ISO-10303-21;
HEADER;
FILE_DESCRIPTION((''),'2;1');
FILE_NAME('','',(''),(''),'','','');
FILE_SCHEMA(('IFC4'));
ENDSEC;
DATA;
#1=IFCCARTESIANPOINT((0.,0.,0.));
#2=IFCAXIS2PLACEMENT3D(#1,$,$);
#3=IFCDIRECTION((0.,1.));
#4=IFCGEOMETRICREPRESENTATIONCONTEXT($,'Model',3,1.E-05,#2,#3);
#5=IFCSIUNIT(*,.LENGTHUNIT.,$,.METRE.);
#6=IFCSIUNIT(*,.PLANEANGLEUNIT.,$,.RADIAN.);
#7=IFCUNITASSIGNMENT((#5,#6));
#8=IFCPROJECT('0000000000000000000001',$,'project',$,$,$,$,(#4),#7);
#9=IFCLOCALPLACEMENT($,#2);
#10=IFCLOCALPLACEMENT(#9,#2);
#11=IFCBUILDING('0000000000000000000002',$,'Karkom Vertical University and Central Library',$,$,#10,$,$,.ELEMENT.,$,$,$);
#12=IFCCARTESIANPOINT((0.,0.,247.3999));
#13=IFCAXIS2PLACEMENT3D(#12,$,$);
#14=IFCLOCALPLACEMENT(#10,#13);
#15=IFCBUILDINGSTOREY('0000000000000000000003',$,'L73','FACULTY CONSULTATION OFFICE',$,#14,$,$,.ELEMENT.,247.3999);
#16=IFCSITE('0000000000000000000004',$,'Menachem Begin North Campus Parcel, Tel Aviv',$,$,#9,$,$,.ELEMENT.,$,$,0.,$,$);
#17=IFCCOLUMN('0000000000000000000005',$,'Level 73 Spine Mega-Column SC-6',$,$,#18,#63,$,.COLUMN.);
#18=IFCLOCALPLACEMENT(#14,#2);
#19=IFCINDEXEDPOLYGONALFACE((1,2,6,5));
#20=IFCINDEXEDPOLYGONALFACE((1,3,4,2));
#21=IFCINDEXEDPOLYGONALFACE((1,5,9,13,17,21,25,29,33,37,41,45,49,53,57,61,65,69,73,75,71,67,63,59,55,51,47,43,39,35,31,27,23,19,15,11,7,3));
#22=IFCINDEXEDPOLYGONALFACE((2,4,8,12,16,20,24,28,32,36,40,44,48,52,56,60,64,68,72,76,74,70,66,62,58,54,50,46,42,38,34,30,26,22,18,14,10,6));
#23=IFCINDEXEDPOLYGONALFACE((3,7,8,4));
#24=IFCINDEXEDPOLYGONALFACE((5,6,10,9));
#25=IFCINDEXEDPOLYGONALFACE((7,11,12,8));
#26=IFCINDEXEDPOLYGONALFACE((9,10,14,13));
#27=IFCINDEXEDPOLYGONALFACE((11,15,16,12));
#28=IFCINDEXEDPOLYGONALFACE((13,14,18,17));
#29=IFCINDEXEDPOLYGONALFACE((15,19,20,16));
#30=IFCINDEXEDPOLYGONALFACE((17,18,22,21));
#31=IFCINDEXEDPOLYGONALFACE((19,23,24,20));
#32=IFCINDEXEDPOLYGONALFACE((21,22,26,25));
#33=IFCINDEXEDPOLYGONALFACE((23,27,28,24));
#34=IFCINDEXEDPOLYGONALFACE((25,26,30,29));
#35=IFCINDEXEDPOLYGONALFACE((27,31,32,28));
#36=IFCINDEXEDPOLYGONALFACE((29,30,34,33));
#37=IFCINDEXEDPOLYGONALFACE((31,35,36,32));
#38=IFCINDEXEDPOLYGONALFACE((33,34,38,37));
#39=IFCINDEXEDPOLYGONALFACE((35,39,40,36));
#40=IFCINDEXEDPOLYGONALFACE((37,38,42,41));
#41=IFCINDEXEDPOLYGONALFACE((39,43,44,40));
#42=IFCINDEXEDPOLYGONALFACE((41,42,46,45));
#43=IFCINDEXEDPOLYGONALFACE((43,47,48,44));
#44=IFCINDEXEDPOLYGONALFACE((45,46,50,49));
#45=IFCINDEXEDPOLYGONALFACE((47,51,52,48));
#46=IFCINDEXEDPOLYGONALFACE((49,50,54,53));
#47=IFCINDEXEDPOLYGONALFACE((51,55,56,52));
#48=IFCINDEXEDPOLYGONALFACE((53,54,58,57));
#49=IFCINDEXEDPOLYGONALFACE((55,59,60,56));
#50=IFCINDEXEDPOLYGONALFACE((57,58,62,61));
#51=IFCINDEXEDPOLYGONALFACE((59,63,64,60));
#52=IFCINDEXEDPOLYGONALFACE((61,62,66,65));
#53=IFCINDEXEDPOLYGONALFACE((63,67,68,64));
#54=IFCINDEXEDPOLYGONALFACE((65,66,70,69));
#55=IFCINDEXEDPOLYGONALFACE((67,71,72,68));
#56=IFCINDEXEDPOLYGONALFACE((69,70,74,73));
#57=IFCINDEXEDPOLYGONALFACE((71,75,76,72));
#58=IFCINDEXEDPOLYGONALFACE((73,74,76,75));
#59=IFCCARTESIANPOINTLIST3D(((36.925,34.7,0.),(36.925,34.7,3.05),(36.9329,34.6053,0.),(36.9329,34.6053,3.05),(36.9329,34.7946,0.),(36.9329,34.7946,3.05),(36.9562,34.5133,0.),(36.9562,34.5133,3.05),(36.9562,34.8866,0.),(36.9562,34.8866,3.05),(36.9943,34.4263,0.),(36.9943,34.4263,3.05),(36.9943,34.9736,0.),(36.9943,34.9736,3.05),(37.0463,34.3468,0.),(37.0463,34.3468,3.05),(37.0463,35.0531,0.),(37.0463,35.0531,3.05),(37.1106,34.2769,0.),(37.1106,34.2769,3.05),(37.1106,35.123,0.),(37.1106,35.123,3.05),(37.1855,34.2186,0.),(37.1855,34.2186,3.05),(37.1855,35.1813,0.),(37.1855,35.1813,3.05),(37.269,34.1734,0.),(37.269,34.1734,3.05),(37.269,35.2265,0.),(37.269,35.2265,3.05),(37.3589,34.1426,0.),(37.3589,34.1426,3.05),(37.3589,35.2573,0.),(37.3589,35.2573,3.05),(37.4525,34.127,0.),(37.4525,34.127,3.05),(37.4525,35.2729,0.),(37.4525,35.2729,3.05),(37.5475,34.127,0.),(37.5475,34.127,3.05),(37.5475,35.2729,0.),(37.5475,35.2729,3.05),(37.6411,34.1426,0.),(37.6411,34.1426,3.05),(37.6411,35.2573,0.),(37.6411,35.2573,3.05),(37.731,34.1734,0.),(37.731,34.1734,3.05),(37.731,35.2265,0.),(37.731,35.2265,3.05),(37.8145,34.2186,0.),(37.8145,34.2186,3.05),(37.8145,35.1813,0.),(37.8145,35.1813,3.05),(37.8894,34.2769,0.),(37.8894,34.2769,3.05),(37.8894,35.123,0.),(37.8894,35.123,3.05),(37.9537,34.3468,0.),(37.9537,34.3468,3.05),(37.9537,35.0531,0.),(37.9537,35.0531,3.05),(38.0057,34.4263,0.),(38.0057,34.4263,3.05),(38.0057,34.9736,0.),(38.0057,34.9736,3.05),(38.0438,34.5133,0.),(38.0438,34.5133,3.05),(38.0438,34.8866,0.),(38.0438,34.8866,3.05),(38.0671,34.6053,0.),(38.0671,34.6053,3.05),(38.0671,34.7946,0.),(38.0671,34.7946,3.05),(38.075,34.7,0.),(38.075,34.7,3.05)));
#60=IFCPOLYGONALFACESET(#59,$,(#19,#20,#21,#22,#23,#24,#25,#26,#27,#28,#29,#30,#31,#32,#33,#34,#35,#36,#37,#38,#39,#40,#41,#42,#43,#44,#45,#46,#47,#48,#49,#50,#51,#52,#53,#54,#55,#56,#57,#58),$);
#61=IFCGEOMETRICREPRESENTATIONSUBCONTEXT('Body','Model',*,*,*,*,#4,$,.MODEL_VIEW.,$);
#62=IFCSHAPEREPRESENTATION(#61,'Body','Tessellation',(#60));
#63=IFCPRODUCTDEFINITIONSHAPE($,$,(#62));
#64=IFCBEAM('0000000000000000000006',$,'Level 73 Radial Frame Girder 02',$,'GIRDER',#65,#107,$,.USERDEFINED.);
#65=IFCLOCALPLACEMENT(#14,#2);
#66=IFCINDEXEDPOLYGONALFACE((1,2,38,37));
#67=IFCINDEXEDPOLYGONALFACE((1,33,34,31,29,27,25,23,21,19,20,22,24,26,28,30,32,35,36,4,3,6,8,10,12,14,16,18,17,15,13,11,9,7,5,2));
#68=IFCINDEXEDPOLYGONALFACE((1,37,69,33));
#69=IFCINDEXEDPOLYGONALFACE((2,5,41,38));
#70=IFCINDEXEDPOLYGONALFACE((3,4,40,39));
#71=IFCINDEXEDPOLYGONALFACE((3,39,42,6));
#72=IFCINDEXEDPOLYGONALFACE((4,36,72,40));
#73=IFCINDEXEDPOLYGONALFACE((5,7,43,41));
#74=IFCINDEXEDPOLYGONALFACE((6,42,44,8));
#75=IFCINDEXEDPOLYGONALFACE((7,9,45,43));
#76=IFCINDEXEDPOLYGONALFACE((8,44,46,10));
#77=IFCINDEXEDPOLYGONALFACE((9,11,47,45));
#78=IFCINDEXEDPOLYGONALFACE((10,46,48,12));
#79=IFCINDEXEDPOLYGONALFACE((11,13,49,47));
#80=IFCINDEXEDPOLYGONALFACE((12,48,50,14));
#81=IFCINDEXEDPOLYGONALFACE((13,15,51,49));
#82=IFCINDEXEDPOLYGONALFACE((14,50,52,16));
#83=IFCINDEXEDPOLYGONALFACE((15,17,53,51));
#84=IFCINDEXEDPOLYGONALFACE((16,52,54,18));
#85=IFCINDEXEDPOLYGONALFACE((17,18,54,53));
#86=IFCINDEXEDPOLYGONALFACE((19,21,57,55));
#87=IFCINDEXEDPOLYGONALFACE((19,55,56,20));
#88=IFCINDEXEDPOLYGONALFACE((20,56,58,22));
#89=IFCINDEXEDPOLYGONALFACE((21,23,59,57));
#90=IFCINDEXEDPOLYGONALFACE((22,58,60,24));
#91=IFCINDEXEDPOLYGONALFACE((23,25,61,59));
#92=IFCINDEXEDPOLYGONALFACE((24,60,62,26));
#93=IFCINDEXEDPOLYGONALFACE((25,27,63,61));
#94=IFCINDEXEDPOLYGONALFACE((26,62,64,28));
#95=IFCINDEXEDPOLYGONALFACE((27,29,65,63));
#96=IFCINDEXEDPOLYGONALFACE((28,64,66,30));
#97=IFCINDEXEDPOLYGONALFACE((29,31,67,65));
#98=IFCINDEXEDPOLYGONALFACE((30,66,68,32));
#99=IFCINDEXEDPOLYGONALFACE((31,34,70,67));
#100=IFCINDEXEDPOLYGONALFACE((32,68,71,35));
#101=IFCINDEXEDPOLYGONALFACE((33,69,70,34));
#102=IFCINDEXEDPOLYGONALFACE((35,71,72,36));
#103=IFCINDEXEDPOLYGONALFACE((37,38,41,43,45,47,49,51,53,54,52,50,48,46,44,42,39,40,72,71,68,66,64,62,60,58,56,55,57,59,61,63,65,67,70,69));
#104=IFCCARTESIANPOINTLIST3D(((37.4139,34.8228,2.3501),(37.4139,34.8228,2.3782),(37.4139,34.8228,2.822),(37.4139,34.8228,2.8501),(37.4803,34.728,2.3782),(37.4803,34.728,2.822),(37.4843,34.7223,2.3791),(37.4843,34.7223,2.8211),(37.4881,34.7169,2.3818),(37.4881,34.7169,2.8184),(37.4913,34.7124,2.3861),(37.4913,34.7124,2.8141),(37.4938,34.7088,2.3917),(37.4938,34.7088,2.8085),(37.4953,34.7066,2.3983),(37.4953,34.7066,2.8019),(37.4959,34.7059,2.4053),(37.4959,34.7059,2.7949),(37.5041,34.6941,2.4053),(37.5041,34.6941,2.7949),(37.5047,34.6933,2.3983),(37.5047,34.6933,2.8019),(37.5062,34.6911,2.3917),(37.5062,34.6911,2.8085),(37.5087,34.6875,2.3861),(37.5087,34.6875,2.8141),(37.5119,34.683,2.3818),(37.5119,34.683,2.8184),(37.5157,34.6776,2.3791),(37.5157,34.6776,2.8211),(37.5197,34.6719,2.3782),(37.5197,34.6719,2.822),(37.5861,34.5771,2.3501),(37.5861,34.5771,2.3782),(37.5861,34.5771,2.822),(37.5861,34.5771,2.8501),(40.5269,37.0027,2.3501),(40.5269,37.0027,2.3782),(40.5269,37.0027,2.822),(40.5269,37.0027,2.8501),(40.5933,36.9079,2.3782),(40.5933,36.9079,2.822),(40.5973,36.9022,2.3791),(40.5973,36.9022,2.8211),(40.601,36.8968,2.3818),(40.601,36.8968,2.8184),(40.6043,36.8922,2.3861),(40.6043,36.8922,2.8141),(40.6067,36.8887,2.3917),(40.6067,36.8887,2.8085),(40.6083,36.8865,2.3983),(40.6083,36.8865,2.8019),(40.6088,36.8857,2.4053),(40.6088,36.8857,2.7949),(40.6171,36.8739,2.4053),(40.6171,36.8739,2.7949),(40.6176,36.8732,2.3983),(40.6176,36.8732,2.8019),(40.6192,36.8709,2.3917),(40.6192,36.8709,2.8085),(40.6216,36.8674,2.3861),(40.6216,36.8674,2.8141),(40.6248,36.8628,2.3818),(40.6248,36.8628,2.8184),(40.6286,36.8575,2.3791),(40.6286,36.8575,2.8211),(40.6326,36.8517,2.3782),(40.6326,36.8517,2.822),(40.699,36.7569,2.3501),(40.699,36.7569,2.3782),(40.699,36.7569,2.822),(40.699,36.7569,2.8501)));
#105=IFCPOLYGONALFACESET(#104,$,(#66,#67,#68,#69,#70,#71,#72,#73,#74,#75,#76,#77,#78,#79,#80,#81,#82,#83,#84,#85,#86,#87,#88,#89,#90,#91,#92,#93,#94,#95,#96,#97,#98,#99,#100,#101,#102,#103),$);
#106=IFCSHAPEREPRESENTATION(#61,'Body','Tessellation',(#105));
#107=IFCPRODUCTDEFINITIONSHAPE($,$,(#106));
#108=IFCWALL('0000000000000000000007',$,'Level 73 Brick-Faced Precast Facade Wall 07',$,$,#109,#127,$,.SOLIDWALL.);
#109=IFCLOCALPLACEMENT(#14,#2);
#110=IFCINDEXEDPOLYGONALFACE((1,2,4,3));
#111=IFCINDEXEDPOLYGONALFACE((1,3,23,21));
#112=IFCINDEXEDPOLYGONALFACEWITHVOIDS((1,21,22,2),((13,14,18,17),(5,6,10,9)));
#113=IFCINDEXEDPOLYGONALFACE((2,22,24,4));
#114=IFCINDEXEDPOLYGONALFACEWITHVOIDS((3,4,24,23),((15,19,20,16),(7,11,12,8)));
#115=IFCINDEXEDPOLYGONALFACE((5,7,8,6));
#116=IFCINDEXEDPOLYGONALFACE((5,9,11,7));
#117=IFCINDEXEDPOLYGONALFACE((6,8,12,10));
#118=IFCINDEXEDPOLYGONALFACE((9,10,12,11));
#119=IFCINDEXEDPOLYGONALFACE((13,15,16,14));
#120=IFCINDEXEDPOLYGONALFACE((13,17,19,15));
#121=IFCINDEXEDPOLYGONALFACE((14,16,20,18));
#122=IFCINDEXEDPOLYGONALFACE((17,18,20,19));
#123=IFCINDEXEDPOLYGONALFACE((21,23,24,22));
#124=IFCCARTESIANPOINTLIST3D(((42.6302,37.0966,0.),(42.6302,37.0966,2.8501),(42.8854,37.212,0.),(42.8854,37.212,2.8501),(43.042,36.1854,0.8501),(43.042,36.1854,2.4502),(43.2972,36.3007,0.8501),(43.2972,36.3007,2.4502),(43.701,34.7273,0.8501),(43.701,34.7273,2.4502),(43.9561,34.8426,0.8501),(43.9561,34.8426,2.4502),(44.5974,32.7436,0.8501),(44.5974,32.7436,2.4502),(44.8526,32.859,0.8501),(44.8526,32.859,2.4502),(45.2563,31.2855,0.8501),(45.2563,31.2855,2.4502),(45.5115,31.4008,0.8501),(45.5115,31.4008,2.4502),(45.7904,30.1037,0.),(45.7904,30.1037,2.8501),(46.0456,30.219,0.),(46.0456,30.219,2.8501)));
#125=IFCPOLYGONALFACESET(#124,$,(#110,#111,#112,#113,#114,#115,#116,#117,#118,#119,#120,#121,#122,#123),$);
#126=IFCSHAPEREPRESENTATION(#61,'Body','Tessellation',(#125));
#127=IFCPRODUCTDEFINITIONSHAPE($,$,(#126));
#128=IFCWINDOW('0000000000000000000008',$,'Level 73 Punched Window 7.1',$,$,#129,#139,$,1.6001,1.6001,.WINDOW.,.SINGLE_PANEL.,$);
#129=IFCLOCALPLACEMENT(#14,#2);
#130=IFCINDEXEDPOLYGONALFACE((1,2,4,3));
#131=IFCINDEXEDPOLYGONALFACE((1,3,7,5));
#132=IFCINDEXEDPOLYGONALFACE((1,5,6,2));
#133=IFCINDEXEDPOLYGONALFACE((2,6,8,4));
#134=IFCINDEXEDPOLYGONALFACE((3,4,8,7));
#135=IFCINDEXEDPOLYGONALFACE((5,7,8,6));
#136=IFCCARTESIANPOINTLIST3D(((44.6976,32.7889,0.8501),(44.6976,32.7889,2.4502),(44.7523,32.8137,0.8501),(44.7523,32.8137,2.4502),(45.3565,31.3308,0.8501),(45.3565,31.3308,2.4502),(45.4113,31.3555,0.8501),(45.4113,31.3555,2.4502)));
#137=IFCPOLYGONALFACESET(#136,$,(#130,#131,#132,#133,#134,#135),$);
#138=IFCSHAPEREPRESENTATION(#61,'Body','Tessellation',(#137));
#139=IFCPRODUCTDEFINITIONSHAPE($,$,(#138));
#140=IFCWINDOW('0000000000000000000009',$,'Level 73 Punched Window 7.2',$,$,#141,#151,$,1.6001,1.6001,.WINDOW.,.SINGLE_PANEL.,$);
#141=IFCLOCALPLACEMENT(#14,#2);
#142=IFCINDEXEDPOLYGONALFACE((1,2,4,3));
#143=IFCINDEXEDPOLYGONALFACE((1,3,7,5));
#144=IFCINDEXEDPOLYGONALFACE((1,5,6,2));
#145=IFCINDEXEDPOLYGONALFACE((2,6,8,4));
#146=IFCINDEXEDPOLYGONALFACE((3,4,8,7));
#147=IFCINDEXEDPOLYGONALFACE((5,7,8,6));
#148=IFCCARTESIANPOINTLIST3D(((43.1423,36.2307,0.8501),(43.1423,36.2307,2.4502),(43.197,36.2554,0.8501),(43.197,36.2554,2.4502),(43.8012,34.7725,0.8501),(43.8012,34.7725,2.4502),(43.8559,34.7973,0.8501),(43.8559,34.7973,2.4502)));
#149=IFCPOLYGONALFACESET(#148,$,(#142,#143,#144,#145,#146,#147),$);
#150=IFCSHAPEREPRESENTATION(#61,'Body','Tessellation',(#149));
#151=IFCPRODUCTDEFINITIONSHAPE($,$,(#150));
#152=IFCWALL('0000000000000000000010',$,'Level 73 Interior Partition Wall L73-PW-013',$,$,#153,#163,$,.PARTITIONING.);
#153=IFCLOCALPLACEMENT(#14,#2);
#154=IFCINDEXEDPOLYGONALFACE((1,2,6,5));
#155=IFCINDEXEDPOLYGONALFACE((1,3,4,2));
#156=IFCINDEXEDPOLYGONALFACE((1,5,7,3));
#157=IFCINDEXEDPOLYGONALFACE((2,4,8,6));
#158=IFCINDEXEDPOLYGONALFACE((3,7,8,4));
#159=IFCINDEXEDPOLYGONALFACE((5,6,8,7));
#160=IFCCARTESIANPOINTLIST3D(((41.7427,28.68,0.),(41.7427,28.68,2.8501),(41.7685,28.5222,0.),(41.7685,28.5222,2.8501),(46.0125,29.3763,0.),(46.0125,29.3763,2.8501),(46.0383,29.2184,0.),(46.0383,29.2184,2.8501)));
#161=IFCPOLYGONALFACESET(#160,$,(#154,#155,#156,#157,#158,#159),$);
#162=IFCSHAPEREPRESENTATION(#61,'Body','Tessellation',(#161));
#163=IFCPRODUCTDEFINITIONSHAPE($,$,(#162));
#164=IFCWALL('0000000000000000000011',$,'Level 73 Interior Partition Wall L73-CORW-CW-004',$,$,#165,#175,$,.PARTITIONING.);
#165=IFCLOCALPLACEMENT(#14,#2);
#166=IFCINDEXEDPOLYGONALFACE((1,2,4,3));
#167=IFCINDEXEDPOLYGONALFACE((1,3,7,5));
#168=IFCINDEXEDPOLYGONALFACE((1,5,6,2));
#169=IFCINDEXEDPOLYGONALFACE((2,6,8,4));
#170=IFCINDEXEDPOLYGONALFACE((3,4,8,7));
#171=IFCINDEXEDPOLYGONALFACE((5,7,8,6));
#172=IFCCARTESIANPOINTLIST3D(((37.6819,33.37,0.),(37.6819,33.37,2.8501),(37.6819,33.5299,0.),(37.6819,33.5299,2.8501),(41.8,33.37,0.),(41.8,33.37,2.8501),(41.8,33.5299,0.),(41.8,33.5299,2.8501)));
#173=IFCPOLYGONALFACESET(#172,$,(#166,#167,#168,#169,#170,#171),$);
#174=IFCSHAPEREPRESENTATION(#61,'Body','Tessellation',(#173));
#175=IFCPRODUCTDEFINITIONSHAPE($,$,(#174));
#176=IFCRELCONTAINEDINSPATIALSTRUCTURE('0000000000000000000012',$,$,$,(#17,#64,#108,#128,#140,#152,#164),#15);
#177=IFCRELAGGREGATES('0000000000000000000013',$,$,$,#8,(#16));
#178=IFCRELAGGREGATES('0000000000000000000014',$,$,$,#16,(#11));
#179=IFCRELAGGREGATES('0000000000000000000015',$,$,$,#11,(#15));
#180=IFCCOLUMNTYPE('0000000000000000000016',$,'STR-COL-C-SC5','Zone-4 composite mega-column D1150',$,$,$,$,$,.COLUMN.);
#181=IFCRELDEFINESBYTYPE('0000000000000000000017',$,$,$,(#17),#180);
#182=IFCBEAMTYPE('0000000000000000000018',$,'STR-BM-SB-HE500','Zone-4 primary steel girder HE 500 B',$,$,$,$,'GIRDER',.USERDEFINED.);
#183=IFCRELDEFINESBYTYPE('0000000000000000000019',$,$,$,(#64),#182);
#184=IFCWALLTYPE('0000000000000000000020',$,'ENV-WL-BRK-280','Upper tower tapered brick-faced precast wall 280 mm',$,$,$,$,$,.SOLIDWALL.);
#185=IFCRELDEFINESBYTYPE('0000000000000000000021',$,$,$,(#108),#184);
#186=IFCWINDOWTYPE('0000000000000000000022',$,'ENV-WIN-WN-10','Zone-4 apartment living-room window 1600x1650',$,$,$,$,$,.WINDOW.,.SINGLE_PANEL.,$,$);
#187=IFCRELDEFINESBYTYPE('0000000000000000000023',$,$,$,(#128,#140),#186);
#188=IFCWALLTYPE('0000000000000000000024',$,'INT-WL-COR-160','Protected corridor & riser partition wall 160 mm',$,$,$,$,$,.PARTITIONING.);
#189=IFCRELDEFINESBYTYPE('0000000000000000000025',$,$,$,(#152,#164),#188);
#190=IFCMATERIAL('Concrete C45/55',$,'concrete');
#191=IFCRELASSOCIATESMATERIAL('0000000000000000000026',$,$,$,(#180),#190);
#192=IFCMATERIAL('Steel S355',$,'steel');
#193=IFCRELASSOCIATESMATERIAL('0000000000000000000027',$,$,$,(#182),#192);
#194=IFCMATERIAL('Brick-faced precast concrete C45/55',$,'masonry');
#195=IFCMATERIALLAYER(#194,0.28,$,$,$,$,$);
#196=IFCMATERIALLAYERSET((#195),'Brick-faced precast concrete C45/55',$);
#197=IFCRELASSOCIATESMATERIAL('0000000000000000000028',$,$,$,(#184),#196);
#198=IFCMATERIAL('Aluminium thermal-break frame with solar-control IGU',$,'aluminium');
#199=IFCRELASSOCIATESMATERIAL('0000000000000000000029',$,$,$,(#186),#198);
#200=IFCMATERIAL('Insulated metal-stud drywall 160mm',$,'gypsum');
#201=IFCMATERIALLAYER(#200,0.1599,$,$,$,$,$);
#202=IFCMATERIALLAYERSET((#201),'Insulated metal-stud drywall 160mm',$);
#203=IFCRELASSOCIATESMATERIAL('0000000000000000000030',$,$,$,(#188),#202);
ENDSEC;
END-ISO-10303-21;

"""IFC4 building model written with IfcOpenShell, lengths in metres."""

from ifc_helpers import new_model, si_unit, direction, frame, frame_2d, origin, origin_with_axes, origin_2d, place, context, subcontext, project, spatial, rectangle, circle, i_section, extrude, source, transform, mapped, material, layer, layer_set, material_profile, profile_set, type_object, element, fill, save


model = new_model("IFC4")

# Units and contexts
model_context = context("Model", 3, precision=1e-05, world=origin(), true_north=direction((0.0, 1.0)))
body_context = subcontext(model_context, "Body", "Model", "MODEL_VIEW")
ifc_project = project(units=[si_unit("LENGTHUNIT", "METRE"), si_unit("PLANEANGLEUNIT", "RADIAN")], contexts=[model_context])

# Site, building, storey
site_placement = place(None, origin())
site = spatial("IfcSite", under=ifc_project, at=site_placement, Name="Menachem Begin North Campus Parcel, Tel Aviv", CompositionType="ELEMENT", RefElevation=0.0)
building_placement = place(site_placement, origin())
building = spatial("IfcBuilding", under=site, at=building_placement, Name="Karkom Vertical University and Central Library", CompositionType="ELEMENT")
storey_placement = place(building_placement, frame((0.0, 0.0, 247.3999)))
storey = spatial("IfcBuildingStorey", under=building, at=storey_placement, Name="L73", Description="FACULTY CONSULTATION OFFICE", CompositionType="ELEMENT", Elevation=247.3999)

# Column
ifc_material_1 = material(Name="Concrete C45/55", Category="concrete")
ifc_material_profile_1 = material_profile(ifc_material_1, circle(Radius=0.575, at=origin_2d()), Name="CFT-D1150")
ifc_profile_set_1 = profile_set([ifc_material_profile_1], Name="Concrete C45/55")
column_type = type_object("IfcColumnType", Name="STR-COL-C-SC5", Description="Zone-4 composite mega-column D1150", PredefinedType="COLUMN", material=ifc_profile_set_1)
shared_shape_1 = source(origin_with_axes(), body_context, "Body", "SweptSolid", [
    extrude(circle(Radius=0.575, at=origin_2d()), origin(), (0.0, 0.0, 1.0), 3.05),
])
column_placement = place(storey_placement, frame((37.5, 34.7, 0.0), z_axis=(0.0, 0.0, 1.0), x_axis=(1.0, 0.0, 0.0)))
element("IfcColumn", 1, at=column_placement, inside=storey, type_object=column_type, Name="Level 73 Spine Mega-Column SC-6", PredefinedType="COLUMN", context=body_context, shape_type="MappedRepresentation", body=[
    mapped(shared_shape_1, transform((0.0, 0.0, 0.0), scale=1.0)),
])

# Beam
ifc_material_2 = material(Name="Steel S355", Category="steel")
ifc_material_profile_2 = material_profile(ifc_material_2, i_section(OverallWidth=0.3, OverallDepth=0.5, WebThickness=0.0144, FlangeThickness=0.0281, FilletRadius=0.0271, at=origin_2d()), Name="HE 500 B")
ifc_profile_set_2 = profile_set([ifc_material_profile_2], Name="Steel S355")
beam_type = type_object("IfcBeamType", Name="STR-BM-SB-HE500", Description="Zone-4 primary steel girder HE 500 B", ElementType="GIRDER", PredefinedType="USERDEFINED", material=ifc_profile_set_2)
shared_shape_2 = source(origin_with_axes(), body_context, "Body", "SweptSolid", [
    extrude(i_section(OverallWidth=0.3, OverallDepth=0.5, WebThickness=0.0144, FlangeThickness=0.0281, FilletRadius=0.0271, at=origin_2d()), origin(), (0.0, 0.0, 1.0), 3.8003),
])
beam_placement = place(storey_placement, frame((37.5, 34.7, 2.6001), z_axis=(0.819132, 0.573605, 0.0), x_axis=(-0.573605, 0.819132, 0.0)))
element("IfcBeam", 2, at=beam_placement, inside=storey, type_object=beam_type, Name="Level 73 Radial Frame Girder 02", ObjectType="GIRDER", PredefinedType="USERDEFINED", context=body_context, shape_type="MappedRepresentation", body=[
    mapped(shared_shape_2, transform((0.0, 0.0, 0.0), scale=1.0)),
])

# Wall, openings, windows
ifc_material_3 = material(Name="Brick-faced precast concrete C45/55", Category="masonry")
ifc_layer_1 = layer(ifc_material_3, 0.28)
ifc_layer_set_1 = layer_set([ifc_layer_1], Name="Brick-faced precast concrete C45/55")
wall_type_1 = type_object("IfcWallType", Name="ENV-WL-BRK-280", Description="Upper tower tapered brick-faced precast wall 280 mm", PredefinedType="SOLIDWALL", material=ifc_layer_set_1)
wall_1_placement = place(storey_placement, frame((45.918, 30.1614, 0.0), z_axis=(0.0, 0.0, 1.0), x_axis=(-0.41181, 0.91127, 0.0)))
wall_1 = element("IfcWall", 3, at=wall_1_placement, inside=storey, type_object=wall_type_1, Name="Level 73 Brick-Faced Precast Facade Wall 07", PredefinedType="SOLIDWALL", context=body_context, shape_type="SweptSolid", body=[
    extrude(rectangle(XDim=7.6738, YDim=0.28, at=frame_2d((3.8369, 0.0))), origin(), (0.0, 0.0, 1.0), 2.8501),
])
opening_1_placement = place(wall_1_placement, frame((1.2969, 0.0, 0.8501)))
opening_1 = element("IfcOpeningElement", 4, at=opening_1_placement, cuts=wall_1, PredefinedType="OPENING", context=body_context, shape_type="SweptSolid", body=[
    extrude(rectangle(XDim=1.6001, YDim=1.6001, at=frame_2d((0.8, 0.8))), frame((0.0, 0.1499, 0.0), z_axis=(0.0, -1.0, 0.0), x_axis=(1.0, 0.0, 0.0)), (0.0, 0.0, 1.0), 0.3),
])
opening_2_placement = place(wall_1_placement, frame((5.0737, 0.0, 0.8501)))
opening_2 = element("IfcOpeningElement", 5, at=opening_2_placement, cuts=wall_1, PredefinedType="OPENING", context=body_context, shape_type="SweptSolid", body=[
    extrude(rectangle(XDim=1.6001, YDim=1.6001, at=frame_2d((0.8, 0.8))), frame((0.0, 0.1499, 0.0), z_axis=(0.0, -1.0, 0.0), x_axis=(1.0, 0.0, 0.0)), (0.0, 0.0, 1.0), 0.3),
])
ifc_material_4 = material(Name="Aluminium thermal-break frame with solar-control IGU", Category="aluminium")
window_type = type_object("IfcWindowType", Name="ENV-WIN-WN-10", Description="Zone-4 apartment living-room window 1600x1650", PartitioningType="SINGLE_PANEL", PredefinedType="WINDOW", material=ifc_material_4)
shared_shape_3 = source(origin_with_axes(), body_context, "Body", "SweptSolid", [
    extrude(rectangle(XDim=1.6001, YDim=1.6001, at=frame_2d((0.8, 0.8))), frame((0.0, 0.03, 0.0), z_axis=(0.0, -1.0, 0.0), x_axis=(1.0, 0.0, 0.0)), (0.0, 0.0, 1.0), 0.0601),
])
window_1_placement = place(opening_1_placement, origin())
window_1 = element("IfcWindow", 6, at=window_1_placement, inside=storey, type_object=window_type, Name="Level 73 Punched Window 7.1", OverallHeight=1.6001, OverallWidth=1.6001, PartitioningType="SINGLE_PANEL", PredefinedType="WINDOW", context=body_context, shape_type="MappedRepresentation", body=[
    mapped(shared_shape_3, transform((0.0, 0.0, 0.0), scale=1.0)),
])
fill(opening_1, window_1)
window_2_placement = place(opening_2_placement, origin())
window_2 = element("IfcWindow", 7, at=window_2_placement, inside=storey, type_object=window_type, Name="Level 73 Punched Window 7.2", OverallHeight=1.6001, OverallWidth=1.6001, PartitioningType="SINGLE_PANEL", PredefinedType="WINDOW", context=body_context, shape_type="MappedRepresentation", body=[
    mapped(shared_shape_3, transform((0.0, 0.0, 0.0), scale=1.0)),
])
fill(opening_2, window_2)

# Shared definitions
ifc_material_5 = material(Name="Insulated metal-stud drywall 160mm", Category="gypsum")
ifc_layer_2 = layer(ifc_material_5, 0.1599)
ifc_layer_set_2 = layer_set([ifc_layer_2], Name="Insulated metal-stud drywall 160mm")
wall_type_2 = type_object("IfcWallType", Name="INT-WL-COR-160", Description="Protected corridor & riser partition wall 160 mm", PredefinedType="PARTITIONING", material=ifc_layer_set_2)

# Walls
wall_2_placement = place(storey_placement, frame((41.7556, 28.6011, 0.0), z_axis=(0.0, 0.0, 1.0), x_axis=(0.986963, 0.160948, 0.0)))
element("IfcWall", 8, at=wall_2_placement, inside=storey, type_object=wall_type_2, Name="Level 73 Interior Partition Wall L73-PW-013", PredefinedType="PARTITIONING", context=body_context, shape_type="SweptSolid", body=[
    extrude(rectangle(XDim=4.3262, YDim=0.1599, at=frame_2d((2.1631, 0.0))), origin(), (0.0, 0.0, 1.0), 2.8501),
])
wall_3_placement = place(storey_placement, frame((37.6819, 33.45, 0.0), z_axis=(0.0, 0.0, 1.0), x_axis=(1.0, 0.0, 0.0)))
element("IfcWall", 9, at=wall_3_placement, inside=storey, type_object=wall_type_2, Name="Level 73 Interior Partition Wall L73-CORW-CW-004", PredefinedType="PARTITIONING", context=body_context, shape_type="SweptSolid", body=[
    extrude(rectangle(XDim=4.1182, YDim=0.1599, at=frame_2d((2.0591, 0.0))), origin(), (0.0, 0.0, 1.0), 2.8501),
])

save(model, "model.ifc")
